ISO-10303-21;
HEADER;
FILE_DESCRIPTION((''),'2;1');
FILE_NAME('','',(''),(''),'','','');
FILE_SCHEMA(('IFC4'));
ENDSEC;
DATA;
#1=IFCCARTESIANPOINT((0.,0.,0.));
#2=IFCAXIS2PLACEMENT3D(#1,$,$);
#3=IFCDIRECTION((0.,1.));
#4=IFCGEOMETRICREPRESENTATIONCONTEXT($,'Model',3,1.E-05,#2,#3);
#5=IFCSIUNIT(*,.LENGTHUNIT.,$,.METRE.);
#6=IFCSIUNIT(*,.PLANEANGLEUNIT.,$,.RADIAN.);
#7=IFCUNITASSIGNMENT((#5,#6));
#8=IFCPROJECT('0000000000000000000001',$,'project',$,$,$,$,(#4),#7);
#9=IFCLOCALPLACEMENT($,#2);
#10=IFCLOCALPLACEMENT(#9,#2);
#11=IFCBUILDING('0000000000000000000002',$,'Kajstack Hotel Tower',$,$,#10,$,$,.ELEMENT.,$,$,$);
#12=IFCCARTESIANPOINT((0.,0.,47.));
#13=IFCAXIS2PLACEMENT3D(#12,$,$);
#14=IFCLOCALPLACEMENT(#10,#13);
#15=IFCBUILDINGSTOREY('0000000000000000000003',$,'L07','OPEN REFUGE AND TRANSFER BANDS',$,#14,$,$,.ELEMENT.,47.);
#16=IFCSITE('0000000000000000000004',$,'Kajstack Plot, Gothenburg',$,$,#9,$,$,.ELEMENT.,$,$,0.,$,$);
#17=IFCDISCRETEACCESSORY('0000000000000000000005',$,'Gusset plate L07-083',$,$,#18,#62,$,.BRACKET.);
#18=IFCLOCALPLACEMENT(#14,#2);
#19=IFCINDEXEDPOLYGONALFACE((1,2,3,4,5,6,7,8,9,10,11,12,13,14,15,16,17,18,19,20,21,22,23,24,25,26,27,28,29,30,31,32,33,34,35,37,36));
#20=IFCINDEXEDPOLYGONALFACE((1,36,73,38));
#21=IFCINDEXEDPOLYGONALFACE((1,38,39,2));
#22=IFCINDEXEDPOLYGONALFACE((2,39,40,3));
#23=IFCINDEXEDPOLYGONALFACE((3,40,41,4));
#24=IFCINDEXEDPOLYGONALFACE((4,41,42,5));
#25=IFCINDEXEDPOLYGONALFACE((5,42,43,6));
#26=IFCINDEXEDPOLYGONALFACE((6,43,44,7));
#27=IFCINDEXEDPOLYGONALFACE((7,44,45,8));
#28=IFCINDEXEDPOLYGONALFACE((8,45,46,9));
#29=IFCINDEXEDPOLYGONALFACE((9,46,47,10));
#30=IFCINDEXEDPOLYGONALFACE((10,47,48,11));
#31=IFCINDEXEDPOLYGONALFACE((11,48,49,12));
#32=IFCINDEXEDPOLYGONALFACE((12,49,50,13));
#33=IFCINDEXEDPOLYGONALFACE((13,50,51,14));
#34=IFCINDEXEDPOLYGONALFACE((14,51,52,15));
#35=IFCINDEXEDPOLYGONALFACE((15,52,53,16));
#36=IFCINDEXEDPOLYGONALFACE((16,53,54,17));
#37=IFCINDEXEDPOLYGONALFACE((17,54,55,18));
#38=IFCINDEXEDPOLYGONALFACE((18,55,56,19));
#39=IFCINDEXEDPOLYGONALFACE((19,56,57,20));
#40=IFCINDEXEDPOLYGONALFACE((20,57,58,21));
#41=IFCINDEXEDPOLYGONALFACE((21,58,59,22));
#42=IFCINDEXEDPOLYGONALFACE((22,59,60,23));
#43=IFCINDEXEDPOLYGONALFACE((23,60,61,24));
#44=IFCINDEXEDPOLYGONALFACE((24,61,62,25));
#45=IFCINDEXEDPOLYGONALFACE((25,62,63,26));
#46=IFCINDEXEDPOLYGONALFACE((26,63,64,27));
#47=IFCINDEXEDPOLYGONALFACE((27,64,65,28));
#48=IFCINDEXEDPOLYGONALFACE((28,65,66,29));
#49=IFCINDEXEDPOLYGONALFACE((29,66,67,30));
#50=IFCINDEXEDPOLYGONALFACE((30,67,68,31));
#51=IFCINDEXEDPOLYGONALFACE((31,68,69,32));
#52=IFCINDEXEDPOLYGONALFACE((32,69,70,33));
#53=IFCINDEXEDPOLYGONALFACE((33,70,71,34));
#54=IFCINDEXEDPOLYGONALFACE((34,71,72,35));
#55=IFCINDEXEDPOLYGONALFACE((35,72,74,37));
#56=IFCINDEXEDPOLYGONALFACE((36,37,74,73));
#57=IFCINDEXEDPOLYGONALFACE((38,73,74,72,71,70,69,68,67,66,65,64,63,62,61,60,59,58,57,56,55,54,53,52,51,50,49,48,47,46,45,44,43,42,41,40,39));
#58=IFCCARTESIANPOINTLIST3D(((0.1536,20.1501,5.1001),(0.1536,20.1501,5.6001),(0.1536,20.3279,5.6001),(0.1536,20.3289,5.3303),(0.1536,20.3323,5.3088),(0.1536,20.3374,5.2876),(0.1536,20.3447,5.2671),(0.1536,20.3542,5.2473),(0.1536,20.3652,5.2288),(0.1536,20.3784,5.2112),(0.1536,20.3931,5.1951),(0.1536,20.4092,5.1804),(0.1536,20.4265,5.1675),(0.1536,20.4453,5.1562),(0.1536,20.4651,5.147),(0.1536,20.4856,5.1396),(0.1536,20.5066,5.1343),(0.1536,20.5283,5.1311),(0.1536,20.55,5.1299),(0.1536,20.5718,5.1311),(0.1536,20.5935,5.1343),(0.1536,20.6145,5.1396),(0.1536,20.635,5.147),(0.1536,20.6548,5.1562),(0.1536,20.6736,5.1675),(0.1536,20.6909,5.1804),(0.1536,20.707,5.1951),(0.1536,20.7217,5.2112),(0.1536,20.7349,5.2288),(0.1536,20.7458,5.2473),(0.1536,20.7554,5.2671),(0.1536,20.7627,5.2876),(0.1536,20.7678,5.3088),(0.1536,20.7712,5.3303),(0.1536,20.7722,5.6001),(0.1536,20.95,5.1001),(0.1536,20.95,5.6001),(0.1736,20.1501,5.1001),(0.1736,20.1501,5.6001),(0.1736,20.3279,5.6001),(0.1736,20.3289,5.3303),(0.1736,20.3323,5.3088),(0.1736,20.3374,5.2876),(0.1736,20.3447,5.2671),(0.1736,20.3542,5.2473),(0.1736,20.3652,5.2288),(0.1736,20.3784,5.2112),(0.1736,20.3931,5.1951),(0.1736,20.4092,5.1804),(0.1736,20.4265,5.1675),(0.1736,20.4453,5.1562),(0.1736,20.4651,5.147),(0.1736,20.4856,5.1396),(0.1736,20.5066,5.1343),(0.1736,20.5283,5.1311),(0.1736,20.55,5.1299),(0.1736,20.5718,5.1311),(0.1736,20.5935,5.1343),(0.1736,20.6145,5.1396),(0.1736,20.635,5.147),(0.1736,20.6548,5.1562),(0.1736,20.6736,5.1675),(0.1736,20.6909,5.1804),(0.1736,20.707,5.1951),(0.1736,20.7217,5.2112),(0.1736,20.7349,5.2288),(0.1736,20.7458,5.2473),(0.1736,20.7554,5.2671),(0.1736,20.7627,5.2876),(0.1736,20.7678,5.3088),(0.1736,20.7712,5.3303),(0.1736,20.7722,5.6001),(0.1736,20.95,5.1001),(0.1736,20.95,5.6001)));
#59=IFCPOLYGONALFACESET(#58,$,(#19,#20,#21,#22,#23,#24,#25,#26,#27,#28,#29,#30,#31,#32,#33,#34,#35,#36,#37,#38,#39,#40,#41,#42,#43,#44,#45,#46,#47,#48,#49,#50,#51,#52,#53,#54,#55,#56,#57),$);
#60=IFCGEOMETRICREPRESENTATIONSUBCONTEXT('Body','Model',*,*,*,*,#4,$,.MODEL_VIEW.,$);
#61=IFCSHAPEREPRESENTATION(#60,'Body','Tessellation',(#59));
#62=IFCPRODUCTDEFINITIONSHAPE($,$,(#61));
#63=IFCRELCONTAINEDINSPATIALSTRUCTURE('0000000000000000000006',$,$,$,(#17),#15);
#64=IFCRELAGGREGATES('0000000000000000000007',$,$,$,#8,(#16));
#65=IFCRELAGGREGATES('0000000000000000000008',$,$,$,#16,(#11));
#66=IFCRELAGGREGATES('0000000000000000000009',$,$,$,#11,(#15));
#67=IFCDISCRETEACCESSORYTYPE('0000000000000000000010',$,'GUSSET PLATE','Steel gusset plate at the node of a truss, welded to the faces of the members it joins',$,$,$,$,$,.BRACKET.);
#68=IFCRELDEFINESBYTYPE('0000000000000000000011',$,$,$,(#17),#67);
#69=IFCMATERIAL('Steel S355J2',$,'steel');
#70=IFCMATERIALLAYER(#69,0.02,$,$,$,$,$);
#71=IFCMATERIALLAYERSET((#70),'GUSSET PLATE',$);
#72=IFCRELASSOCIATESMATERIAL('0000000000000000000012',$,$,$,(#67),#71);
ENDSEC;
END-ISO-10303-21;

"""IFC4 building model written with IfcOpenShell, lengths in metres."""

from ifc_helpers import new_model, si_unit, direction, frame, origin, place, context, subcontext, project, spatial, polyline, outline, extrude, material, layer, layer_set, type_object, element, save


model = new_model("IFC4")

# Units and contexts
model_context = context("Model", 3, precision=1e-05, world=origin(), true_north=direction((0.0, 1.0)))
body_context = subcontext(model_context, "Body", "Model", "MODEL_VIEW")
ifc_project = project(units=[si_unit("LENGTHUNIT", "METRE"), si_unit("PLANEANGLEUNIT", "RADIAN")], contexts=[model_context])

# Site, building, storey
site_placement = place(None, origin())
site = spatial("IfcSite", under=ifc_project, at=site_placement, Name="Kajstack Plot, Gothenburg", CompositionType="ELEMENT", RefElevation=0.0)
building_placement = place(site_placement, origin())
building = spatial("IfcBuilding", under=site, at=building_placement, Name="Kajstack Hotel Tower", CompositionType="ELEMENT")
storey_placement = place(building_placement, frame((0.0, 0.0, 47.0)))
storey = spatial("IfcBuildingStorey", under=building, at=storey_placement, Name="L07", Description="OPEN REFUGE AND TRANSFER BANDS", CompositionType="ELEMENT", Elevation=47.0)

# Shared definitions
ifc_material = material(Name="Steel S355J2", Category="steel")

# Discrete accessory
ifc_layer = layer(ifc_material, 0.02)
ifc_layer_set = layer_set([ifc_layer], Name="GUSSET PLATE")
discrete_accessory_type = type_object("IfcDiscreteAccessoryType", Name="GUSSET PLATE", Description="Steel gusset plate at the node of a truss, welded to the faces of the members it joins", PredefinedType="BRACKET", material=ifc_layer_set)
discrete_accessory_placement = place(storey_placement, frame((0.1536, 20.55, 5.1001), z_axis=(1.0, 0.0, 0.0), x_axis=(0.0, 1.0, 0.0)))
element("IfcDiscreteAccessory", 1, at=discrete_accessory_placement, inside=storey, type_object=discrete_accessory_type, Name="Gusset plate L07-083", PredefinedType="BRACKET", context=body_context, shape_type="SweptSolid", body=[
    extrude(outline(polyline([(0.3999, 0.5), (0.2222, 0.5), (0.2212, 0.2302), (0.2178, 0.2087), (0.2126, 0.1875), (0.2053, 0.167), (0.1958, 0.1472), (0.1848, 0.1287), (0.1716, 0.1111), (0.157, 0.095), (0.1409, 0.0803), (0.1235, 0.0674), (0.1047, 0.0562), (0.085, 0.0469), (0.0645, 0.0396), (0.0435, 0.0342), (0.0217, 0.031), (0.0, 0.0298), (-0.0217, 0.031), (-0.0435, 0.0342), (-0.0645, 0.0396), (-0.085, 0.0469), (-0.1047, 0.0562), (-0.1235, 0.0674), (-0.1409, 0.0803), (-0.157, 0.095), (-0.1716, 0.1111), (-0.1848, 0.1287), (-0.1958, 0.1472), (-0.2053, 0.167), (-0.2126, 0.1875), (-0.2178, 0.2087), (-0.2212, 0.2302), (-0.2222, 0.5), (-0.3999, 0.5), (-0.3999, 0.0), (0.3999, 0.0), (0.3999, 0.5)])), origin(), (0.0, 0.0, 1.0), 0.02),
])

save(model, "model.ifc")
